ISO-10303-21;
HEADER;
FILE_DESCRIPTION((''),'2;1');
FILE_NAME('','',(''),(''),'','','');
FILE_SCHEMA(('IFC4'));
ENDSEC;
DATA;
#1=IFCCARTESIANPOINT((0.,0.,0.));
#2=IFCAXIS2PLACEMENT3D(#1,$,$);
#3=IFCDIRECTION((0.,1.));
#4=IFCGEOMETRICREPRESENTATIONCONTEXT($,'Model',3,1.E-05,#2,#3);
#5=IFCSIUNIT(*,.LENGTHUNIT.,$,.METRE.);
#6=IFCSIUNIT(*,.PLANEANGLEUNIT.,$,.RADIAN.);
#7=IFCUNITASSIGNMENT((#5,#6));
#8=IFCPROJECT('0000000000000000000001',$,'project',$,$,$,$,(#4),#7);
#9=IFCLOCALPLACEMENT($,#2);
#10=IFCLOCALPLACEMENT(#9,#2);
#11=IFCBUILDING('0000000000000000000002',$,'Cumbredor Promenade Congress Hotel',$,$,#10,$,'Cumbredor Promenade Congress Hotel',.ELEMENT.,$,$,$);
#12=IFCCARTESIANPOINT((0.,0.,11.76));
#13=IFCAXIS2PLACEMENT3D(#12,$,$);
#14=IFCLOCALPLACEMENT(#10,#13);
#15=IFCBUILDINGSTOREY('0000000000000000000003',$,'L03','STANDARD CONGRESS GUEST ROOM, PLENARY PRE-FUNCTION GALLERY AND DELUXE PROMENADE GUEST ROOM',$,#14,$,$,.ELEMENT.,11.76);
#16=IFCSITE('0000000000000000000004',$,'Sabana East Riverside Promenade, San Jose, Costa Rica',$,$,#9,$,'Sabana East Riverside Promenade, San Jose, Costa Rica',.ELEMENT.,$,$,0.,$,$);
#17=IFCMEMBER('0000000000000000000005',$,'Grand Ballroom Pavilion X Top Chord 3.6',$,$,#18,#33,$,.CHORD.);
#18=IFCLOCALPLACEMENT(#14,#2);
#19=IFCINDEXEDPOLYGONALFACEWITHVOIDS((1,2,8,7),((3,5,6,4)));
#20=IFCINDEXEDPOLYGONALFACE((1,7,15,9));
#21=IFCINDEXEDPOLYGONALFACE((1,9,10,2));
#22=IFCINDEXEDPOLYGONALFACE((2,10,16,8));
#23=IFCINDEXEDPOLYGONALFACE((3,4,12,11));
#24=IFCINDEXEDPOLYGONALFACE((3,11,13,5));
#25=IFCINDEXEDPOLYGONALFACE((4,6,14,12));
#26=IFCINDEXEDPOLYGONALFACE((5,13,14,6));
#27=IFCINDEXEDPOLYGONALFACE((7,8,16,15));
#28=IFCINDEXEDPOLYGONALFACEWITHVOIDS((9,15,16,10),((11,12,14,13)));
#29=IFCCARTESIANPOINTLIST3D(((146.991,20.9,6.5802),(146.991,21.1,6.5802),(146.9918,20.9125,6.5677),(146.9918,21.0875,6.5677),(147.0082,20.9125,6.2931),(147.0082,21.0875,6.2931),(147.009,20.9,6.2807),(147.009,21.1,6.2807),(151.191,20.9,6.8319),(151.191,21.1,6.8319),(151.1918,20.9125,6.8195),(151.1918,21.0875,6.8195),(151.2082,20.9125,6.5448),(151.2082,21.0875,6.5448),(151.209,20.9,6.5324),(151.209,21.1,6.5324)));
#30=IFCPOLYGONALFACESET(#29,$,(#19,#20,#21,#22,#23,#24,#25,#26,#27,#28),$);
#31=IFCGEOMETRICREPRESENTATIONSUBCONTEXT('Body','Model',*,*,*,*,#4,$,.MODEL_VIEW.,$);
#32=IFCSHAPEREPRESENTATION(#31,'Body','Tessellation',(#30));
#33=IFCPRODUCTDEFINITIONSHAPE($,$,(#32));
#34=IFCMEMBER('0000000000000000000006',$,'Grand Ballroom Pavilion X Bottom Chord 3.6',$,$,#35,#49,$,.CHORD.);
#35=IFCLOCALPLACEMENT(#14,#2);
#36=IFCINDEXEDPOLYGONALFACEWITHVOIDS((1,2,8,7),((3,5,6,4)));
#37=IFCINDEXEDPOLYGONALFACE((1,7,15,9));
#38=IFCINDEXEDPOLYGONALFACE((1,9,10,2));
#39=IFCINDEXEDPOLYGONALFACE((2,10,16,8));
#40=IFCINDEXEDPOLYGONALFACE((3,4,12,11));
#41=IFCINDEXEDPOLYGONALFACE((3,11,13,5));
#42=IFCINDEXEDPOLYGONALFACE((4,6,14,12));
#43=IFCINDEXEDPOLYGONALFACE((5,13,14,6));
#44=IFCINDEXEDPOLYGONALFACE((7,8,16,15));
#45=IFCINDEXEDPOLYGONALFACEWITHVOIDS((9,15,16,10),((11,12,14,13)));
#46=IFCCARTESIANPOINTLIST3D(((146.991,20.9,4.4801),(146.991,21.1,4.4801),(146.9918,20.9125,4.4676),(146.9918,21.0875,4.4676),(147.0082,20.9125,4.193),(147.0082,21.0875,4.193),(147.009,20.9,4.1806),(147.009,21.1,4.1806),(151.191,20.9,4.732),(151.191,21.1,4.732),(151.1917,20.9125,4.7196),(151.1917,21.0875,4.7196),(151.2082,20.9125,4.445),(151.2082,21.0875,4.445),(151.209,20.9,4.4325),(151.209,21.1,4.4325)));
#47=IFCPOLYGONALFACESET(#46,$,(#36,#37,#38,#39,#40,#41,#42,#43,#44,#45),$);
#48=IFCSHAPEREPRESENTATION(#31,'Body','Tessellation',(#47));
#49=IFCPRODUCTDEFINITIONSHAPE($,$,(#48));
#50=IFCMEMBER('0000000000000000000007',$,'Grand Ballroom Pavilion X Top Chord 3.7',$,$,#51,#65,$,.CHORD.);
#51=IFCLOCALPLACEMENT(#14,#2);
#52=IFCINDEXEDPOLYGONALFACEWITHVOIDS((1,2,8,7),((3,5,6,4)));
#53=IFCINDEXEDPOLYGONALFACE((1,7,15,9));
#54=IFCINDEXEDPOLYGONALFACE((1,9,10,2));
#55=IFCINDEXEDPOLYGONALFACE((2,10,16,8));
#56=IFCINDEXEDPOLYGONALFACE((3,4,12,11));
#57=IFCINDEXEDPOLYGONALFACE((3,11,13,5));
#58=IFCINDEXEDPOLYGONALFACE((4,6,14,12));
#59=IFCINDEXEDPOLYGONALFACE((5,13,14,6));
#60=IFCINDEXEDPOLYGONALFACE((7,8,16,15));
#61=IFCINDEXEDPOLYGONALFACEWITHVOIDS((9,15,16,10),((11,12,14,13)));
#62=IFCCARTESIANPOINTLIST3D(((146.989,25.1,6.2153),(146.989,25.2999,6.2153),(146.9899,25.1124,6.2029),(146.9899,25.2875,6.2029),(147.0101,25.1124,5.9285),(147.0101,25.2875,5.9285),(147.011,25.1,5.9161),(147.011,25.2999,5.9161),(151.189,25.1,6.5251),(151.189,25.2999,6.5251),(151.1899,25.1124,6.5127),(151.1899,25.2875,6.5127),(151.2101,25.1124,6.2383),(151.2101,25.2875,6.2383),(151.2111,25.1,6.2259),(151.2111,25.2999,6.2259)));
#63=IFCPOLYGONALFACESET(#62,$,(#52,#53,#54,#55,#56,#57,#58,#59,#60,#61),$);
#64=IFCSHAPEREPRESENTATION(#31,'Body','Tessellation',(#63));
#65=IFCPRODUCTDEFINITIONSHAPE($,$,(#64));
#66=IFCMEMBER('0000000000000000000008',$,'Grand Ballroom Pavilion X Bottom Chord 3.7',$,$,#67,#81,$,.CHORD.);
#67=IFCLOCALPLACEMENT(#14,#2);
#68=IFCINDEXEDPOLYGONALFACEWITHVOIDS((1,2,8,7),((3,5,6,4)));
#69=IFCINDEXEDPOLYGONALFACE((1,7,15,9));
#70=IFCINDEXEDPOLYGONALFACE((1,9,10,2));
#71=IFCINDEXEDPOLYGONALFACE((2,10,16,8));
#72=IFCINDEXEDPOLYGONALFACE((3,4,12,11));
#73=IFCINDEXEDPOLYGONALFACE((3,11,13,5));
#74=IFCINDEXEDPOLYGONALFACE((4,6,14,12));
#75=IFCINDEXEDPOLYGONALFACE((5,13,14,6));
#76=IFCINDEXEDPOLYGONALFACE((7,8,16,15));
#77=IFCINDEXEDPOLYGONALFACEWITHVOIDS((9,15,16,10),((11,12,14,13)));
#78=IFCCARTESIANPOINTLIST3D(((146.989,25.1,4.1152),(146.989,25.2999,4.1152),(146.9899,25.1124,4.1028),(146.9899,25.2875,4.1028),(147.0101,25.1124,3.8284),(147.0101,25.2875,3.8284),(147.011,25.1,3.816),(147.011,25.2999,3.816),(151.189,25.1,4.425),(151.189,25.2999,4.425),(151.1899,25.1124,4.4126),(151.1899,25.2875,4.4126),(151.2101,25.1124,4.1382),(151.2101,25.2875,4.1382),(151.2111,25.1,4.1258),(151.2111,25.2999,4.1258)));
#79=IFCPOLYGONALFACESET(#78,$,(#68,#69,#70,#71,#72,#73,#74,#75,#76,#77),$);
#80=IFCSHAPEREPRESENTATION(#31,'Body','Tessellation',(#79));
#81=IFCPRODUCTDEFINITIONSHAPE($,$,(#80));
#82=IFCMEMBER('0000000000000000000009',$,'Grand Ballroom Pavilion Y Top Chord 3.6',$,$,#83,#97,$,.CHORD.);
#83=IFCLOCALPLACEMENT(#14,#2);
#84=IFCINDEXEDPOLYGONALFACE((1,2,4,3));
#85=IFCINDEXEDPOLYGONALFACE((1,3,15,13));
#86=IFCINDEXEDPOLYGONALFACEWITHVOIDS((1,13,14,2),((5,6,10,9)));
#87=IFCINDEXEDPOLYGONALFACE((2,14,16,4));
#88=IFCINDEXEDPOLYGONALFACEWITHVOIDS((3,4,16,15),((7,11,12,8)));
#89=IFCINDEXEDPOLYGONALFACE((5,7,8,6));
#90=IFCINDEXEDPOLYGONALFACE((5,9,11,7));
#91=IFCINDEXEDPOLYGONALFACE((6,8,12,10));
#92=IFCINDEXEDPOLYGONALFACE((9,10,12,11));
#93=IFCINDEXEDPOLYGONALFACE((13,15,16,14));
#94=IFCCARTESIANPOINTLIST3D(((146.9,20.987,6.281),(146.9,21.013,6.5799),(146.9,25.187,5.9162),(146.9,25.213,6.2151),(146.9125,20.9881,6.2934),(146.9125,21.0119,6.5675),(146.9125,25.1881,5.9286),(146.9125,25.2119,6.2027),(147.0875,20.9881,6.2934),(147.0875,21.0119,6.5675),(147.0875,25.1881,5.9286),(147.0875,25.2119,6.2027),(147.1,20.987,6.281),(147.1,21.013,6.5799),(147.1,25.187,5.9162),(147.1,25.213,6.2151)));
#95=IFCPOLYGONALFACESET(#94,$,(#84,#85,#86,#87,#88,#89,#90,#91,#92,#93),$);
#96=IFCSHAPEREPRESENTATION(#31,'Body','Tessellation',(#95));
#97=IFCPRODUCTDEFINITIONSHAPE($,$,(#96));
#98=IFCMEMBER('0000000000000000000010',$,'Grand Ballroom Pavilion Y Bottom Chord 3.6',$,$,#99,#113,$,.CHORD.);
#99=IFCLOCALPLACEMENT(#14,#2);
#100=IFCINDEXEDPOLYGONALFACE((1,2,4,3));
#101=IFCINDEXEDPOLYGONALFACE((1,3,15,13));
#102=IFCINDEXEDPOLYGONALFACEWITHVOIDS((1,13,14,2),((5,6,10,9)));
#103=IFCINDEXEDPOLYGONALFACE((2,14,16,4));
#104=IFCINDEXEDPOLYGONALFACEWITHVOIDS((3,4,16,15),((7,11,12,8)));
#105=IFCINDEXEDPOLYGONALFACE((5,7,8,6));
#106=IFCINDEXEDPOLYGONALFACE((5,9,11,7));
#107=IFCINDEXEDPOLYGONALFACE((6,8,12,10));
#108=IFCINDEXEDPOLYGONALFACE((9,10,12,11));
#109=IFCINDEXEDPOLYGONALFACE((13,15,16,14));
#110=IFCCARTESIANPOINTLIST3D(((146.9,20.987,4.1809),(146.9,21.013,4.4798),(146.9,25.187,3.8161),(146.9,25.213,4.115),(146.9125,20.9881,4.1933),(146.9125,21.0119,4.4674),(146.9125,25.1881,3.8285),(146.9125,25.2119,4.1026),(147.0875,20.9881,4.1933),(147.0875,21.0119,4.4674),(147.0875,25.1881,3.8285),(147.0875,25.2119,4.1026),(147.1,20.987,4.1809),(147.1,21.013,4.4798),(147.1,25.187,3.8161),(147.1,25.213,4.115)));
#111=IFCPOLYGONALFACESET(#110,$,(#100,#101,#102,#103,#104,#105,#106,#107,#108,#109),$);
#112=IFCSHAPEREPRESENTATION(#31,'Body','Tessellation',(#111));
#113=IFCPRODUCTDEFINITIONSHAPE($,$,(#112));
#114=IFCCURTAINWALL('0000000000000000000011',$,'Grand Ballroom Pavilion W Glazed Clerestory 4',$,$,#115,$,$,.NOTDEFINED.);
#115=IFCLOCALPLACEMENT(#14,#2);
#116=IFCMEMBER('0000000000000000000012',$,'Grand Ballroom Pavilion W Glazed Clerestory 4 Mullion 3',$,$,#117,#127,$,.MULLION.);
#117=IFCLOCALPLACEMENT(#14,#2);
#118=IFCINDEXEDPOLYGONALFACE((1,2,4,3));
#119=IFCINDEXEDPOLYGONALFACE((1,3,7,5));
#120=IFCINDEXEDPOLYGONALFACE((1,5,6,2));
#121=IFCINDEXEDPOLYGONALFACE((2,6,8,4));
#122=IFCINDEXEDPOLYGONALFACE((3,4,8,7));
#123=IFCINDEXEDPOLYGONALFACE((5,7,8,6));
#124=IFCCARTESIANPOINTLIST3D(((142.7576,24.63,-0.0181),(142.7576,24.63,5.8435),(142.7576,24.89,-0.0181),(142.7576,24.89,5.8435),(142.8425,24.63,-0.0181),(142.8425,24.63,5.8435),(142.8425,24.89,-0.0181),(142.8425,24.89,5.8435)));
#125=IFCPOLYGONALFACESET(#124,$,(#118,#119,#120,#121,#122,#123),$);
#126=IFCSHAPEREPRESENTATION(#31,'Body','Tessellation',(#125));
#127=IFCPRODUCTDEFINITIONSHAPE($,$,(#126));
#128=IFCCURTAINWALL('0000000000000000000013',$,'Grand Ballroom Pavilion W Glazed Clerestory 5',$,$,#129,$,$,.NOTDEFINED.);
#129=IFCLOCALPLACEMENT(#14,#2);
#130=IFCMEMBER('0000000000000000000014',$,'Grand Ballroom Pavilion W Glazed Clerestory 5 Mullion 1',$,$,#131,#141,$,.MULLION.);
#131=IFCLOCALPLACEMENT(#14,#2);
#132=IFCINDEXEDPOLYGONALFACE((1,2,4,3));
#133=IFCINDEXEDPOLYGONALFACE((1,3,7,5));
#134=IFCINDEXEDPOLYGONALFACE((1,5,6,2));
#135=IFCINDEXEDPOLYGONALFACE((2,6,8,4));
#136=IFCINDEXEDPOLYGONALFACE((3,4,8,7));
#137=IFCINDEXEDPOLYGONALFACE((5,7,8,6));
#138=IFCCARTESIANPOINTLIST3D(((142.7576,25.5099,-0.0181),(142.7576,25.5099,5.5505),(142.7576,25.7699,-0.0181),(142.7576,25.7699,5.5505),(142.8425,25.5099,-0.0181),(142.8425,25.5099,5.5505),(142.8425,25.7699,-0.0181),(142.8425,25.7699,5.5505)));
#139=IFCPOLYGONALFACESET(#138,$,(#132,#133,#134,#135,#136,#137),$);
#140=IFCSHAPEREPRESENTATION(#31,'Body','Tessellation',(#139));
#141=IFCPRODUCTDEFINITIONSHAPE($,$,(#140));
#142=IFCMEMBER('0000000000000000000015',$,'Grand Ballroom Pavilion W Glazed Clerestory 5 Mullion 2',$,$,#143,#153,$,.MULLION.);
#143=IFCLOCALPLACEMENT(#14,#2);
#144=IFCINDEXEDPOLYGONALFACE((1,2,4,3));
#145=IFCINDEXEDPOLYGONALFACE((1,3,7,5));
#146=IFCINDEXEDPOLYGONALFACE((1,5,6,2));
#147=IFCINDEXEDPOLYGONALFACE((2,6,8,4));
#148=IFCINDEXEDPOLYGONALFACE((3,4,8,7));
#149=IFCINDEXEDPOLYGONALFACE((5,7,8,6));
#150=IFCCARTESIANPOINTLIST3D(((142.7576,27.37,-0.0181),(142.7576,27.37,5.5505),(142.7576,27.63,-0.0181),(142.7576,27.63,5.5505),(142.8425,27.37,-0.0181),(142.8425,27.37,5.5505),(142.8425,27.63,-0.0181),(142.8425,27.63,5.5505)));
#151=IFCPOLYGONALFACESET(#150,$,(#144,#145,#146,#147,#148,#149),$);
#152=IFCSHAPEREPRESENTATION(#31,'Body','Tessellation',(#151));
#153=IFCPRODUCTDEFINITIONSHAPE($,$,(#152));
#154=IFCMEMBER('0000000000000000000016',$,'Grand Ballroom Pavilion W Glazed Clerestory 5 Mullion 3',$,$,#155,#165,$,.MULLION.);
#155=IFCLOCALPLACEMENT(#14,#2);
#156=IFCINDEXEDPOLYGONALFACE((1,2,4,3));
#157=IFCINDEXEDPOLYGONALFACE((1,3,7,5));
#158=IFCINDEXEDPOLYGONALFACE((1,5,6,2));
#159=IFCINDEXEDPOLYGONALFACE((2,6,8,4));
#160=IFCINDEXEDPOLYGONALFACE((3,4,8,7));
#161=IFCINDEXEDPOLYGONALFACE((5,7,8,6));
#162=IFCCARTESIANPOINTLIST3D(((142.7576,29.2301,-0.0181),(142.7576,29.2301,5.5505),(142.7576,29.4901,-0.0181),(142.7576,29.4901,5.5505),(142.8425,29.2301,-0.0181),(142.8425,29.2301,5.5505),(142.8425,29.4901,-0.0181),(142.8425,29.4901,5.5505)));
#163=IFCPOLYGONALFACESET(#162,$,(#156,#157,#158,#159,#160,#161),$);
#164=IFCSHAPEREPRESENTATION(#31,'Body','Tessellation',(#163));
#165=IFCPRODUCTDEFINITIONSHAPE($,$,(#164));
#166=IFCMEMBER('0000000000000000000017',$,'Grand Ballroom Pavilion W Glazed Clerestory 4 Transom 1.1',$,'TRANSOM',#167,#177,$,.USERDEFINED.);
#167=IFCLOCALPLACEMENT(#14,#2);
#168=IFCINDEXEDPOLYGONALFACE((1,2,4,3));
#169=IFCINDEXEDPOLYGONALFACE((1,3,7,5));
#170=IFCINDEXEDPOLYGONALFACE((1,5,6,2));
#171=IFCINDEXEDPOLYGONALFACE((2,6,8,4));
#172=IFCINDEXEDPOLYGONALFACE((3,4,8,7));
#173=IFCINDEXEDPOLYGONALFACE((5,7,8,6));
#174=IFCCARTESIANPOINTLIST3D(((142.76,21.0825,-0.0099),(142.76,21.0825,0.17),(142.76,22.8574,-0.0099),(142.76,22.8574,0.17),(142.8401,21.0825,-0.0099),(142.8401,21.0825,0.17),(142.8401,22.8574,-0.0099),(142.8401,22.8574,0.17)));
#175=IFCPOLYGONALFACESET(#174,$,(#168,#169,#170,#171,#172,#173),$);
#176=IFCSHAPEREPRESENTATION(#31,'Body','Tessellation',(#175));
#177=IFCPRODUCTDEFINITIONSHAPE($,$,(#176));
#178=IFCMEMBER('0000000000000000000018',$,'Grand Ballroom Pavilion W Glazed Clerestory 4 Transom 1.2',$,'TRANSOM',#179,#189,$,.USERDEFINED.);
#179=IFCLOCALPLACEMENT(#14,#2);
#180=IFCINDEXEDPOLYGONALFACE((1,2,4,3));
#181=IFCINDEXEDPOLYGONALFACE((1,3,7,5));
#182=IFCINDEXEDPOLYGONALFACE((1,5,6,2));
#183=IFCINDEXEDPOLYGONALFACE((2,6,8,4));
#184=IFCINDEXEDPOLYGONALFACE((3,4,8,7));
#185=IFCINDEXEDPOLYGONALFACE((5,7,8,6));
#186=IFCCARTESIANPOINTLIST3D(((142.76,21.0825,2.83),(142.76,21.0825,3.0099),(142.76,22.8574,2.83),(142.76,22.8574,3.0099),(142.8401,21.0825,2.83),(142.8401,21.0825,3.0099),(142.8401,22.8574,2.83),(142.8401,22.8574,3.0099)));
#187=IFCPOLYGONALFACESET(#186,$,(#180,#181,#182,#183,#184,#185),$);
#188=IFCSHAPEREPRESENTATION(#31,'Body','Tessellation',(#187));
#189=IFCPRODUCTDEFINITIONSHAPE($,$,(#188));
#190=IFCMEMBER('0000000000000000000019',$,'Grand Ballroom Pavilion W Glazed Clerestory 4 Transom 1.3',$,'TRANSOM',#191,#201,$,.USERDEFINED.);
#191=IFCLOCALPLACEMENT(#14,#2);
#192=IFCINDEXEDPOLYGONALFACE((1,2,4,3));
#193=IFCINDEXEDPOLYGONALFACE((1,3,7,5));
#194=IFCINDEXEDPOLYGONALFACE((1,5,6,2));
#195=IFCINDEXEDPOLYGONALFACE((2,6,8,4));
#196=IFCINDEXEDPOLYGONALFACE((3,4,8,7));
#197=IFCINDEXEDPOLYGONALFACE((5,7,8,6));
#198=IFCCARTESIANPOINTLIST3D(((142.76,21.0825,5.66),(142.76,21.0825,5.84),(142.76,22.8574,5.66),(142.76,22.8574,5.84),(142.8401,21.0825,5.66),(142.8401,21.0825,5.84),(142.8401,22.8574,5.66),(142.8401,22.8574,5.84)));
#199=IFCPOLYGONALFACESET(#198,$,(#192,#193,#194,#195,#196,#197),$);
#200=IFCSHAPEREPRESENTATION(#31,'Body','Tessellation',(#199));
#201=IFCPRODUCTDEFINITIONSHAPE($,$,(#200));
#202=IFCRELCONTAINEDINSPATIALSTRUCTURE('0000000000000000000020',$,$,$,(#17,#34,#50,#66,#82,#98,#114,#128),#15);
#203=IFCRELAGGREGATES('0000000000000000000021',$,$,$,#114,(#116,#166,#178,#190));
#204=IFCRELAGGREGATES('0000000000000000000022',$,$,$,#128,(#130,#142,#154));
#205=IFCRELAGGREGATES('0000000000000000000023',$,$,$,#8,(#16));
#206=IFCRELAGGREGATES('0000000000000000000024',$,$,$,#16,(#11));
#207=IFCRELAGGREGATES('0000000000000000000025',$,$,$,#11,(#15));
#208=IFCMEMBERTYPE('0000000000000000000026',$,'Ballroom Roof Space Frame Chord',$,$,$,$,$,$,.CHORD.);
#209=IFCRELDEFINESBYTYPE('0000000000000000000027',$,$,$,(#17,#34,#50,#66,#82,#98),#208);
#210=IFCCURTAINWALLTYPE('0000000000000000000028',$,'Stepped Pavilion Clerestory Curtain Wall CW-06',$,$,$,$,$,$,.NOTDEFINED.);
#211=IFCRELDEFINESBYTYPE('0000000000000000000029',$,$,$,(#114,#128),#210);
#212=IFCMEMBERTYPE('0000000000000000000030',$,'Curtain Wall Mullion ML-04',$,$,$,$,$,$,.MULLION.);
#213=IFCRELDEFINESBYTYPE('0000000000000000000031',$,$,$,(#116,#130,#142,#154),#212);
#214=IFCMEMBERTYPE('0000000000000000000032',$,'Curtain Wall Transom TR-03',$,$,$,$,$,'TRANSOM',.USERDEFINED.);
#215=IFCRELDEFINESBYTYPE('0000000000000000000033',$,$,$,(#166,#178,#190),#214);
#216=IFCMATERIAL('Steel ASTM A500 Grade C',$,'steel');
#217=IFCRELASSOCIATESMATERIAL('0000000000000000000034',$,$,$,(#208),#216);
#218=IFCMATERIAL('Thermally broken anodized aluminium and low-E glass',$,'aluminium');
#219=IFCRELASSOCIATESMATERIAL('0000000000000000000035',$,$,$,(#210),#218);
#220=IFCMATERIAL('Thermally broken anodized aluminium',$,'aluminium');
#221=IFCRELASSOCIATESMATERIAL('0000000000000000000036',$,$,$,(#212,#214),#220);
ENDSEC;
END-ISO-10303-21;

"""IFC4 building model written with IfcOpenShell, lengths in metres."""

from ifc_helpers import new_model, si_unit, direction, frame, origin, origin_2d, place, context, subcontext, project, spatial, rectangle, hollow_rectangle, extrude, material, material_profile, profile_set, type_object, element, aggregate, save


model = new_model("IFC4")

# Units and contexts
model_context = context("Model", 3, precision=1e-05, world=origin(), true_north=direction((0.0, 1.0)))
body_context = subcontext(model_context, "Body", "Model", "MODEL_VIEW")
ifc_project = project(units=[si_unit("LENGTHUNIT", "METRE"), si_unit("PLANEANGLEUNIT", "RADIAN")], contexts=[model_context])

# Site, building, storey
site_placement = place(None, origin())
site = spatial("IfcSite", under=ifc_project, at=site_placement, Name="Sabana East Riverside Promenade, San Jose, Costa Rica", LongName="Sabana East Riverside Promenade, San Jose, Costa Rica", CompositionType="ELEMENT", RefElevation=0.0)
building_placement = place(site_placement, origin())
building = spatial("IfcBuilding", under=site, at=building_placement, Name="Cumbredor Promenade Congress Hotel", LongName="Cumbredor Promenade Congress Hotel", CompositionType="ELEMENT")
storey_placement = place(building_placement, frame((0.0, 0.0, 11.76)))
storey = spatial("IfcBuildingStorey", under=building, at=storey_placement, Name="L03", Description="STANDARD CONGRESS GUEST ROOM, PLENARY PRE-FUNCTION GALLERY AND DELUXE PROMENADE GUEST ROOM", CompositionType="ELEMENT", Elevation=11.76)

# Members
ifc_material_1 = material(Name="Steel ASTM A500 Grade C", Category="steel")
ifc_material_profile_1 = material_profile(ifc_material_1, hollow_rectangle(XDim=0.2, YDim=0.3, WallThickness=0.0125, at=origin_2d()), Name="HSS 300x200x12.5")
ifc_profile_set_1 = profile_set([ifc_material_profile_1], Name="Steel ASTM A500 Grade C")
member_type_1 = type_object("IfcMemberType", Name="Ballroom Roof Space Frame Chord", PredefinedType="CHORD", material=ifc_profile_set_1)
for number, where, z_axis, x_axis, name in (
    (1, (147.0, 21.0, 6.4304), (0.998209, 0.0, 0.059824), (0.0, 1.0, 0.0), "Grand Ballroom Pavilion X Top Chord 3.6"),
    (2, (147.0, 21.0, 4.3303), (0.998205, 0.0, 0.059882), (0.0, 1.0, 0.0), "Grand Ballroom Pavilion X Bottom Chord 3.6"),
):
    element("IfcMember", number, at=place(storey_placement, frame(where, z_axis=z_axis, x_axis=x_axis)), inside=storey, type_object=member_type_1, Name=name, PredefinedType="CHORD", context=body_context, shape_type="SweptSolid", body=[
        extrude(hollow_rectangle(XDim=0.2, YDim=0.3, WallThickness=0.0125, at=origin_2d()), origin(), (0.0, 0.0, 1.0), 4.2075),
    ])
for number, where, z_axis, x_axis, name in (
    (3, (147.0, 25.2, 6.0657), (0.99729, 0.0, 0.073566), (0.0, 1.0, 0.0), "Grand Ballroom Pavilion X Top Chord 3.7"),
    (4, (147.0, 25.2, 3.9656), (0.99729, 0.0, 0.073566), (0.0, 1.0, 0.0), "Grand Ballroom Pavilion X Bottom Chord 3.7"),
):
    element("IfcMember", number, at=place(storey_placement, frame(where, z_axis=z_axis, x_axis=x_axis)), inside=storey, type_object=member_type_1, Name=name, PredefinedType="CHORD", context=body_context, shape_type="SweptSolid", body=[
        extrude(hollow_rectangle(XDim=0.2, YDim=0.3, WallThickness=0.0125, at=origin_2d()), origin(), (0.0, 0.0, 1.0), 4.2114),
    ])
for number, where, z_axis, x_axis, name in (
    (5, (147.0, 21.0, 6.4304), (0.0, 0.99625, -0.08652), (-1.0, 0.0, 0.0), "Grand Ballroom Pavilion Y Top Chord 3.6"),
    (6, (147.0, 21.0, 4.3303), (0.0, 0.99625, -0.08652), (-1.0, 0.0, 0.0), "Grand Ballroom Pavilion Y Bottom Chord 3.6"),
):
    element("IfcMember", number, at=place(storey_placement, frame(where, z_axis=z_axis, x_axis=x_axis)), inside=storey, type_object=member_type_1, Name=name, PredefinedType="CHORD", context=body_context, shape_type="SweptSolid", body=[
        extrude(hollow_rectangle(XDim=0.2, YDim=0.3, WallThickness=0.0125, at=origin_2d()), origin(), (0.0, 0.0, 1.0), 4.2158),
    ])

# Curtain wall, member
ifc_material_2 = material(Name="Thermally broken anodized aluminium and low-E glass", Category="aluminium")
curtain_wall_type = type_object("IfcCurtainWallType", Name="Stepped Pavilion Clerestory Curtain Wall CW-06", PredefinedType="NOTDEFINED", material=ifc_material_2)
curtain_wall_1_placement = place(storey_placement, origin())
curtain_wall_1 = element("IfcCurtainWall", 7, at=curtain_wall_1_placement, inside=storey, type_object=curtain_wall_type, Name="Grand Ballroom Pavilion W Glazed Clerestory 4", PredefinedType="NOTDEFINED")
ifc_material_3 = material(Name="Thermally broken anodized aluminium", Category="aluminium")
ifc_material_profile_2 = material_profile(ifc_material_3, rectangle(XDim=0.085, YDim=0.26, at=origin_2d()), Name="ALU MULLION CLERESTORY 85x260")
ifc_profile_set_2 = profile_set([ifc_material_profile_2], Name="Thermally broken anodized aluminium")
member_type_2 = type_object("IfcMemberType", Name="Curtain Wall Mullion ML-04", PredefinedType="MULLION", material=ifc_profile_set_2)
member_1_placement = place(storey_placement, frame((142.8, 24.76, -0.0181), z_axis=(0.0, 0.0, 1.0), x_axis=(1.0, 0.0, 0.0)))
member_1 = element("IfcMember", 8, at=member_1_placement, type_object=member_type_2, Name="Grand Ballroom Pavilion W Glazed Clerestory 4 Mullion 3", PredefinedType="MULLION", context=body_context, shape_type="SweptSolid", body=[
    extrude(rectangle(XDim=0.085, YDim=0.26, at=origin_2d()), origin(), (0.0, 0.0, 1.0), 5.8616),
])

# Curtain wall, members
curtain_wall_2_placement = place(storey_placement, origin())
curtain_wall_2 = element("IfcCurtainWall", 9, at=curtain_wall_2_placement, inside=storey, type_object=curtain_wall_type, Name="Grand Ballroom Pavilion W Glazed Clerestory 5", PredefinedType="NOTDEFINED")
member_2_placement = place(storey_placement, frame((142.8, 25.6399, -0.0181), z_axis=(0.0, 0.0, 1.0), x_axis=(1.0, 0.0, 0.0)))
member_2 = element("IfcMember", 10, at=member_2_placement, type_object=member_type_2, Name="Grand Ballroom Pavilion W Glazed Clerestory 5 Mullion 1", PredefinedType="MULLION", context=body_context, shape_type="SweptSolid", body=[
    extrude(rectangle(XDim=0.085, YDim=0.26, at=origin_2d()), origin(), (0.0, 0.0, 1.0), 5.5686),
])
member_3_placement = place(storey_placement, frame((142.8, 27.5, -0.0181), z_axis=(0.0, 0.0, 1.0), x_axis=(1.0, 0.0, 0.0)))
member_3 = element("IfcMember", 11, at=member_3_placement, type_object=member_type_2, Name="Grand Ballroom Pavilion W Glazed Clerestory 5 Mullion 2", PredefinedType="MULLION", context=body_context, shape_type="SweptSolid", body=[
    extrude(rectangle(XDim=0.085, YDim=0.26, at=origin_2d()), origin(), (0.0, 0.0, 1.0), 5.5686),
])
member_4_placement = place(storey_placement, frame((142.8, 29.3601, -0.0181), z_axis=(0.0, 0.0, 1.0), x_axis=(1.0, 0.0, 0.0)))
member_4 = element("IfcMember", 12, at=member_4_placement, type_object=member_type_2, Name="Grand Ballroom Pavilion W Glazed Clerestory 5 Mullion 3", PredefinedType="MULLION", context=body_context, shape_type="SweptSolid", body=[
    extrude(rectangle(XDim=0.085, YDim=0.26, at=origin_2d()), origin(), (0.0, 0.0, 1.0), 5.5686),
])

# Members
ifc_material_profile_3 = material_profile(ifc_material_3, rectangle(XDim=0.0801, YDim=0.1799, at=origin_2d()), Name="ALU TRANSOM 80x180")
ifc_profile_set_3 = profile_set([ifc_material_profile_3], Name="Thermally broken anodized aluminium")
member_type_3 = type_object("IfcMemberType", Name="Curtain Wall Transom TR-03", ElementType="TRANSOM", PredefinedType="USERDEFINED", material=ifc_profile_set_3)
member_5_placement = place(storey_placement, frame((142.8, 21.0825, 0.0801), z_axis=(0.0, 1.0, 0.0), x_axis=(-1.0, 0.0, 0.0)))
member_5 = element("IfcMember", 13, at=member_5_placement, type_object=member_type_3, Name="Grand Ballroom Pavilion W Glazed Clerestory 4 Transom 1.1", ObjectType="TRANSOM", PredefinedType="USERDEFINED", context=body_context, shape_type="SweptSolid", body=[
    extrude(rectangle(XDim=0.0801, YDim=0.1799, at=origin_2d()), origin(), (0.0, 0.0, 1.0), 1.7749),
])
member_6_placement = place(storey_placement, frame((142.8, 21.0825, 2.9199), z_axis=(0.0, 1.0, 0.0), x_axis=(-1.0, 0.0, 0.0)))
member_6 = element("IfcMember", 14, at=member_6_placement, type_object=member_type_3, Name="Grand Ballroom Pavilion W Glazed Clerestory 4 Transom 1.2", ObjectType="TRANSOM", PredefinedType="USERDEFINED", context=body_context, shape_type="SweptSolid", body=[
    extrude(rectangle(XDim=0.0801, YDim=0.1799, at=origin_2d()), origin(), (0.0, 0.0, 1.0), 1.7749),
])
member_7_placement = place(storey_placement, frame((142.8, 21.0825, 5.75), z_axis=(0.0, 1.0, 0.0), x_axis=(-1.0, 0.0, 0.0)))
member_7 = element("IfcMember", 15, at=member_7_placement, type_object=member_type_3, Name="Grand Ballroom Pavilion W Glazed Clerestory 4 Transom 1.3", ObjectType="TRANSOM", PredefinedType="USERDEFINED", context=body_context, shape_type="SweptSolid", body=[
    extrude(rectangle(XDim=0.0801, YDim=0.1799, at=origin_2d()), origin(), (0.0, 0.0, 1.0), 1.7749),
])

aggregate(curtain_wall_1, [member_1, member_5, member_6, member_7])
aggregate(curtain_wall_2, [member_2, member_3, member_4])

save(model, "model.ifc")
